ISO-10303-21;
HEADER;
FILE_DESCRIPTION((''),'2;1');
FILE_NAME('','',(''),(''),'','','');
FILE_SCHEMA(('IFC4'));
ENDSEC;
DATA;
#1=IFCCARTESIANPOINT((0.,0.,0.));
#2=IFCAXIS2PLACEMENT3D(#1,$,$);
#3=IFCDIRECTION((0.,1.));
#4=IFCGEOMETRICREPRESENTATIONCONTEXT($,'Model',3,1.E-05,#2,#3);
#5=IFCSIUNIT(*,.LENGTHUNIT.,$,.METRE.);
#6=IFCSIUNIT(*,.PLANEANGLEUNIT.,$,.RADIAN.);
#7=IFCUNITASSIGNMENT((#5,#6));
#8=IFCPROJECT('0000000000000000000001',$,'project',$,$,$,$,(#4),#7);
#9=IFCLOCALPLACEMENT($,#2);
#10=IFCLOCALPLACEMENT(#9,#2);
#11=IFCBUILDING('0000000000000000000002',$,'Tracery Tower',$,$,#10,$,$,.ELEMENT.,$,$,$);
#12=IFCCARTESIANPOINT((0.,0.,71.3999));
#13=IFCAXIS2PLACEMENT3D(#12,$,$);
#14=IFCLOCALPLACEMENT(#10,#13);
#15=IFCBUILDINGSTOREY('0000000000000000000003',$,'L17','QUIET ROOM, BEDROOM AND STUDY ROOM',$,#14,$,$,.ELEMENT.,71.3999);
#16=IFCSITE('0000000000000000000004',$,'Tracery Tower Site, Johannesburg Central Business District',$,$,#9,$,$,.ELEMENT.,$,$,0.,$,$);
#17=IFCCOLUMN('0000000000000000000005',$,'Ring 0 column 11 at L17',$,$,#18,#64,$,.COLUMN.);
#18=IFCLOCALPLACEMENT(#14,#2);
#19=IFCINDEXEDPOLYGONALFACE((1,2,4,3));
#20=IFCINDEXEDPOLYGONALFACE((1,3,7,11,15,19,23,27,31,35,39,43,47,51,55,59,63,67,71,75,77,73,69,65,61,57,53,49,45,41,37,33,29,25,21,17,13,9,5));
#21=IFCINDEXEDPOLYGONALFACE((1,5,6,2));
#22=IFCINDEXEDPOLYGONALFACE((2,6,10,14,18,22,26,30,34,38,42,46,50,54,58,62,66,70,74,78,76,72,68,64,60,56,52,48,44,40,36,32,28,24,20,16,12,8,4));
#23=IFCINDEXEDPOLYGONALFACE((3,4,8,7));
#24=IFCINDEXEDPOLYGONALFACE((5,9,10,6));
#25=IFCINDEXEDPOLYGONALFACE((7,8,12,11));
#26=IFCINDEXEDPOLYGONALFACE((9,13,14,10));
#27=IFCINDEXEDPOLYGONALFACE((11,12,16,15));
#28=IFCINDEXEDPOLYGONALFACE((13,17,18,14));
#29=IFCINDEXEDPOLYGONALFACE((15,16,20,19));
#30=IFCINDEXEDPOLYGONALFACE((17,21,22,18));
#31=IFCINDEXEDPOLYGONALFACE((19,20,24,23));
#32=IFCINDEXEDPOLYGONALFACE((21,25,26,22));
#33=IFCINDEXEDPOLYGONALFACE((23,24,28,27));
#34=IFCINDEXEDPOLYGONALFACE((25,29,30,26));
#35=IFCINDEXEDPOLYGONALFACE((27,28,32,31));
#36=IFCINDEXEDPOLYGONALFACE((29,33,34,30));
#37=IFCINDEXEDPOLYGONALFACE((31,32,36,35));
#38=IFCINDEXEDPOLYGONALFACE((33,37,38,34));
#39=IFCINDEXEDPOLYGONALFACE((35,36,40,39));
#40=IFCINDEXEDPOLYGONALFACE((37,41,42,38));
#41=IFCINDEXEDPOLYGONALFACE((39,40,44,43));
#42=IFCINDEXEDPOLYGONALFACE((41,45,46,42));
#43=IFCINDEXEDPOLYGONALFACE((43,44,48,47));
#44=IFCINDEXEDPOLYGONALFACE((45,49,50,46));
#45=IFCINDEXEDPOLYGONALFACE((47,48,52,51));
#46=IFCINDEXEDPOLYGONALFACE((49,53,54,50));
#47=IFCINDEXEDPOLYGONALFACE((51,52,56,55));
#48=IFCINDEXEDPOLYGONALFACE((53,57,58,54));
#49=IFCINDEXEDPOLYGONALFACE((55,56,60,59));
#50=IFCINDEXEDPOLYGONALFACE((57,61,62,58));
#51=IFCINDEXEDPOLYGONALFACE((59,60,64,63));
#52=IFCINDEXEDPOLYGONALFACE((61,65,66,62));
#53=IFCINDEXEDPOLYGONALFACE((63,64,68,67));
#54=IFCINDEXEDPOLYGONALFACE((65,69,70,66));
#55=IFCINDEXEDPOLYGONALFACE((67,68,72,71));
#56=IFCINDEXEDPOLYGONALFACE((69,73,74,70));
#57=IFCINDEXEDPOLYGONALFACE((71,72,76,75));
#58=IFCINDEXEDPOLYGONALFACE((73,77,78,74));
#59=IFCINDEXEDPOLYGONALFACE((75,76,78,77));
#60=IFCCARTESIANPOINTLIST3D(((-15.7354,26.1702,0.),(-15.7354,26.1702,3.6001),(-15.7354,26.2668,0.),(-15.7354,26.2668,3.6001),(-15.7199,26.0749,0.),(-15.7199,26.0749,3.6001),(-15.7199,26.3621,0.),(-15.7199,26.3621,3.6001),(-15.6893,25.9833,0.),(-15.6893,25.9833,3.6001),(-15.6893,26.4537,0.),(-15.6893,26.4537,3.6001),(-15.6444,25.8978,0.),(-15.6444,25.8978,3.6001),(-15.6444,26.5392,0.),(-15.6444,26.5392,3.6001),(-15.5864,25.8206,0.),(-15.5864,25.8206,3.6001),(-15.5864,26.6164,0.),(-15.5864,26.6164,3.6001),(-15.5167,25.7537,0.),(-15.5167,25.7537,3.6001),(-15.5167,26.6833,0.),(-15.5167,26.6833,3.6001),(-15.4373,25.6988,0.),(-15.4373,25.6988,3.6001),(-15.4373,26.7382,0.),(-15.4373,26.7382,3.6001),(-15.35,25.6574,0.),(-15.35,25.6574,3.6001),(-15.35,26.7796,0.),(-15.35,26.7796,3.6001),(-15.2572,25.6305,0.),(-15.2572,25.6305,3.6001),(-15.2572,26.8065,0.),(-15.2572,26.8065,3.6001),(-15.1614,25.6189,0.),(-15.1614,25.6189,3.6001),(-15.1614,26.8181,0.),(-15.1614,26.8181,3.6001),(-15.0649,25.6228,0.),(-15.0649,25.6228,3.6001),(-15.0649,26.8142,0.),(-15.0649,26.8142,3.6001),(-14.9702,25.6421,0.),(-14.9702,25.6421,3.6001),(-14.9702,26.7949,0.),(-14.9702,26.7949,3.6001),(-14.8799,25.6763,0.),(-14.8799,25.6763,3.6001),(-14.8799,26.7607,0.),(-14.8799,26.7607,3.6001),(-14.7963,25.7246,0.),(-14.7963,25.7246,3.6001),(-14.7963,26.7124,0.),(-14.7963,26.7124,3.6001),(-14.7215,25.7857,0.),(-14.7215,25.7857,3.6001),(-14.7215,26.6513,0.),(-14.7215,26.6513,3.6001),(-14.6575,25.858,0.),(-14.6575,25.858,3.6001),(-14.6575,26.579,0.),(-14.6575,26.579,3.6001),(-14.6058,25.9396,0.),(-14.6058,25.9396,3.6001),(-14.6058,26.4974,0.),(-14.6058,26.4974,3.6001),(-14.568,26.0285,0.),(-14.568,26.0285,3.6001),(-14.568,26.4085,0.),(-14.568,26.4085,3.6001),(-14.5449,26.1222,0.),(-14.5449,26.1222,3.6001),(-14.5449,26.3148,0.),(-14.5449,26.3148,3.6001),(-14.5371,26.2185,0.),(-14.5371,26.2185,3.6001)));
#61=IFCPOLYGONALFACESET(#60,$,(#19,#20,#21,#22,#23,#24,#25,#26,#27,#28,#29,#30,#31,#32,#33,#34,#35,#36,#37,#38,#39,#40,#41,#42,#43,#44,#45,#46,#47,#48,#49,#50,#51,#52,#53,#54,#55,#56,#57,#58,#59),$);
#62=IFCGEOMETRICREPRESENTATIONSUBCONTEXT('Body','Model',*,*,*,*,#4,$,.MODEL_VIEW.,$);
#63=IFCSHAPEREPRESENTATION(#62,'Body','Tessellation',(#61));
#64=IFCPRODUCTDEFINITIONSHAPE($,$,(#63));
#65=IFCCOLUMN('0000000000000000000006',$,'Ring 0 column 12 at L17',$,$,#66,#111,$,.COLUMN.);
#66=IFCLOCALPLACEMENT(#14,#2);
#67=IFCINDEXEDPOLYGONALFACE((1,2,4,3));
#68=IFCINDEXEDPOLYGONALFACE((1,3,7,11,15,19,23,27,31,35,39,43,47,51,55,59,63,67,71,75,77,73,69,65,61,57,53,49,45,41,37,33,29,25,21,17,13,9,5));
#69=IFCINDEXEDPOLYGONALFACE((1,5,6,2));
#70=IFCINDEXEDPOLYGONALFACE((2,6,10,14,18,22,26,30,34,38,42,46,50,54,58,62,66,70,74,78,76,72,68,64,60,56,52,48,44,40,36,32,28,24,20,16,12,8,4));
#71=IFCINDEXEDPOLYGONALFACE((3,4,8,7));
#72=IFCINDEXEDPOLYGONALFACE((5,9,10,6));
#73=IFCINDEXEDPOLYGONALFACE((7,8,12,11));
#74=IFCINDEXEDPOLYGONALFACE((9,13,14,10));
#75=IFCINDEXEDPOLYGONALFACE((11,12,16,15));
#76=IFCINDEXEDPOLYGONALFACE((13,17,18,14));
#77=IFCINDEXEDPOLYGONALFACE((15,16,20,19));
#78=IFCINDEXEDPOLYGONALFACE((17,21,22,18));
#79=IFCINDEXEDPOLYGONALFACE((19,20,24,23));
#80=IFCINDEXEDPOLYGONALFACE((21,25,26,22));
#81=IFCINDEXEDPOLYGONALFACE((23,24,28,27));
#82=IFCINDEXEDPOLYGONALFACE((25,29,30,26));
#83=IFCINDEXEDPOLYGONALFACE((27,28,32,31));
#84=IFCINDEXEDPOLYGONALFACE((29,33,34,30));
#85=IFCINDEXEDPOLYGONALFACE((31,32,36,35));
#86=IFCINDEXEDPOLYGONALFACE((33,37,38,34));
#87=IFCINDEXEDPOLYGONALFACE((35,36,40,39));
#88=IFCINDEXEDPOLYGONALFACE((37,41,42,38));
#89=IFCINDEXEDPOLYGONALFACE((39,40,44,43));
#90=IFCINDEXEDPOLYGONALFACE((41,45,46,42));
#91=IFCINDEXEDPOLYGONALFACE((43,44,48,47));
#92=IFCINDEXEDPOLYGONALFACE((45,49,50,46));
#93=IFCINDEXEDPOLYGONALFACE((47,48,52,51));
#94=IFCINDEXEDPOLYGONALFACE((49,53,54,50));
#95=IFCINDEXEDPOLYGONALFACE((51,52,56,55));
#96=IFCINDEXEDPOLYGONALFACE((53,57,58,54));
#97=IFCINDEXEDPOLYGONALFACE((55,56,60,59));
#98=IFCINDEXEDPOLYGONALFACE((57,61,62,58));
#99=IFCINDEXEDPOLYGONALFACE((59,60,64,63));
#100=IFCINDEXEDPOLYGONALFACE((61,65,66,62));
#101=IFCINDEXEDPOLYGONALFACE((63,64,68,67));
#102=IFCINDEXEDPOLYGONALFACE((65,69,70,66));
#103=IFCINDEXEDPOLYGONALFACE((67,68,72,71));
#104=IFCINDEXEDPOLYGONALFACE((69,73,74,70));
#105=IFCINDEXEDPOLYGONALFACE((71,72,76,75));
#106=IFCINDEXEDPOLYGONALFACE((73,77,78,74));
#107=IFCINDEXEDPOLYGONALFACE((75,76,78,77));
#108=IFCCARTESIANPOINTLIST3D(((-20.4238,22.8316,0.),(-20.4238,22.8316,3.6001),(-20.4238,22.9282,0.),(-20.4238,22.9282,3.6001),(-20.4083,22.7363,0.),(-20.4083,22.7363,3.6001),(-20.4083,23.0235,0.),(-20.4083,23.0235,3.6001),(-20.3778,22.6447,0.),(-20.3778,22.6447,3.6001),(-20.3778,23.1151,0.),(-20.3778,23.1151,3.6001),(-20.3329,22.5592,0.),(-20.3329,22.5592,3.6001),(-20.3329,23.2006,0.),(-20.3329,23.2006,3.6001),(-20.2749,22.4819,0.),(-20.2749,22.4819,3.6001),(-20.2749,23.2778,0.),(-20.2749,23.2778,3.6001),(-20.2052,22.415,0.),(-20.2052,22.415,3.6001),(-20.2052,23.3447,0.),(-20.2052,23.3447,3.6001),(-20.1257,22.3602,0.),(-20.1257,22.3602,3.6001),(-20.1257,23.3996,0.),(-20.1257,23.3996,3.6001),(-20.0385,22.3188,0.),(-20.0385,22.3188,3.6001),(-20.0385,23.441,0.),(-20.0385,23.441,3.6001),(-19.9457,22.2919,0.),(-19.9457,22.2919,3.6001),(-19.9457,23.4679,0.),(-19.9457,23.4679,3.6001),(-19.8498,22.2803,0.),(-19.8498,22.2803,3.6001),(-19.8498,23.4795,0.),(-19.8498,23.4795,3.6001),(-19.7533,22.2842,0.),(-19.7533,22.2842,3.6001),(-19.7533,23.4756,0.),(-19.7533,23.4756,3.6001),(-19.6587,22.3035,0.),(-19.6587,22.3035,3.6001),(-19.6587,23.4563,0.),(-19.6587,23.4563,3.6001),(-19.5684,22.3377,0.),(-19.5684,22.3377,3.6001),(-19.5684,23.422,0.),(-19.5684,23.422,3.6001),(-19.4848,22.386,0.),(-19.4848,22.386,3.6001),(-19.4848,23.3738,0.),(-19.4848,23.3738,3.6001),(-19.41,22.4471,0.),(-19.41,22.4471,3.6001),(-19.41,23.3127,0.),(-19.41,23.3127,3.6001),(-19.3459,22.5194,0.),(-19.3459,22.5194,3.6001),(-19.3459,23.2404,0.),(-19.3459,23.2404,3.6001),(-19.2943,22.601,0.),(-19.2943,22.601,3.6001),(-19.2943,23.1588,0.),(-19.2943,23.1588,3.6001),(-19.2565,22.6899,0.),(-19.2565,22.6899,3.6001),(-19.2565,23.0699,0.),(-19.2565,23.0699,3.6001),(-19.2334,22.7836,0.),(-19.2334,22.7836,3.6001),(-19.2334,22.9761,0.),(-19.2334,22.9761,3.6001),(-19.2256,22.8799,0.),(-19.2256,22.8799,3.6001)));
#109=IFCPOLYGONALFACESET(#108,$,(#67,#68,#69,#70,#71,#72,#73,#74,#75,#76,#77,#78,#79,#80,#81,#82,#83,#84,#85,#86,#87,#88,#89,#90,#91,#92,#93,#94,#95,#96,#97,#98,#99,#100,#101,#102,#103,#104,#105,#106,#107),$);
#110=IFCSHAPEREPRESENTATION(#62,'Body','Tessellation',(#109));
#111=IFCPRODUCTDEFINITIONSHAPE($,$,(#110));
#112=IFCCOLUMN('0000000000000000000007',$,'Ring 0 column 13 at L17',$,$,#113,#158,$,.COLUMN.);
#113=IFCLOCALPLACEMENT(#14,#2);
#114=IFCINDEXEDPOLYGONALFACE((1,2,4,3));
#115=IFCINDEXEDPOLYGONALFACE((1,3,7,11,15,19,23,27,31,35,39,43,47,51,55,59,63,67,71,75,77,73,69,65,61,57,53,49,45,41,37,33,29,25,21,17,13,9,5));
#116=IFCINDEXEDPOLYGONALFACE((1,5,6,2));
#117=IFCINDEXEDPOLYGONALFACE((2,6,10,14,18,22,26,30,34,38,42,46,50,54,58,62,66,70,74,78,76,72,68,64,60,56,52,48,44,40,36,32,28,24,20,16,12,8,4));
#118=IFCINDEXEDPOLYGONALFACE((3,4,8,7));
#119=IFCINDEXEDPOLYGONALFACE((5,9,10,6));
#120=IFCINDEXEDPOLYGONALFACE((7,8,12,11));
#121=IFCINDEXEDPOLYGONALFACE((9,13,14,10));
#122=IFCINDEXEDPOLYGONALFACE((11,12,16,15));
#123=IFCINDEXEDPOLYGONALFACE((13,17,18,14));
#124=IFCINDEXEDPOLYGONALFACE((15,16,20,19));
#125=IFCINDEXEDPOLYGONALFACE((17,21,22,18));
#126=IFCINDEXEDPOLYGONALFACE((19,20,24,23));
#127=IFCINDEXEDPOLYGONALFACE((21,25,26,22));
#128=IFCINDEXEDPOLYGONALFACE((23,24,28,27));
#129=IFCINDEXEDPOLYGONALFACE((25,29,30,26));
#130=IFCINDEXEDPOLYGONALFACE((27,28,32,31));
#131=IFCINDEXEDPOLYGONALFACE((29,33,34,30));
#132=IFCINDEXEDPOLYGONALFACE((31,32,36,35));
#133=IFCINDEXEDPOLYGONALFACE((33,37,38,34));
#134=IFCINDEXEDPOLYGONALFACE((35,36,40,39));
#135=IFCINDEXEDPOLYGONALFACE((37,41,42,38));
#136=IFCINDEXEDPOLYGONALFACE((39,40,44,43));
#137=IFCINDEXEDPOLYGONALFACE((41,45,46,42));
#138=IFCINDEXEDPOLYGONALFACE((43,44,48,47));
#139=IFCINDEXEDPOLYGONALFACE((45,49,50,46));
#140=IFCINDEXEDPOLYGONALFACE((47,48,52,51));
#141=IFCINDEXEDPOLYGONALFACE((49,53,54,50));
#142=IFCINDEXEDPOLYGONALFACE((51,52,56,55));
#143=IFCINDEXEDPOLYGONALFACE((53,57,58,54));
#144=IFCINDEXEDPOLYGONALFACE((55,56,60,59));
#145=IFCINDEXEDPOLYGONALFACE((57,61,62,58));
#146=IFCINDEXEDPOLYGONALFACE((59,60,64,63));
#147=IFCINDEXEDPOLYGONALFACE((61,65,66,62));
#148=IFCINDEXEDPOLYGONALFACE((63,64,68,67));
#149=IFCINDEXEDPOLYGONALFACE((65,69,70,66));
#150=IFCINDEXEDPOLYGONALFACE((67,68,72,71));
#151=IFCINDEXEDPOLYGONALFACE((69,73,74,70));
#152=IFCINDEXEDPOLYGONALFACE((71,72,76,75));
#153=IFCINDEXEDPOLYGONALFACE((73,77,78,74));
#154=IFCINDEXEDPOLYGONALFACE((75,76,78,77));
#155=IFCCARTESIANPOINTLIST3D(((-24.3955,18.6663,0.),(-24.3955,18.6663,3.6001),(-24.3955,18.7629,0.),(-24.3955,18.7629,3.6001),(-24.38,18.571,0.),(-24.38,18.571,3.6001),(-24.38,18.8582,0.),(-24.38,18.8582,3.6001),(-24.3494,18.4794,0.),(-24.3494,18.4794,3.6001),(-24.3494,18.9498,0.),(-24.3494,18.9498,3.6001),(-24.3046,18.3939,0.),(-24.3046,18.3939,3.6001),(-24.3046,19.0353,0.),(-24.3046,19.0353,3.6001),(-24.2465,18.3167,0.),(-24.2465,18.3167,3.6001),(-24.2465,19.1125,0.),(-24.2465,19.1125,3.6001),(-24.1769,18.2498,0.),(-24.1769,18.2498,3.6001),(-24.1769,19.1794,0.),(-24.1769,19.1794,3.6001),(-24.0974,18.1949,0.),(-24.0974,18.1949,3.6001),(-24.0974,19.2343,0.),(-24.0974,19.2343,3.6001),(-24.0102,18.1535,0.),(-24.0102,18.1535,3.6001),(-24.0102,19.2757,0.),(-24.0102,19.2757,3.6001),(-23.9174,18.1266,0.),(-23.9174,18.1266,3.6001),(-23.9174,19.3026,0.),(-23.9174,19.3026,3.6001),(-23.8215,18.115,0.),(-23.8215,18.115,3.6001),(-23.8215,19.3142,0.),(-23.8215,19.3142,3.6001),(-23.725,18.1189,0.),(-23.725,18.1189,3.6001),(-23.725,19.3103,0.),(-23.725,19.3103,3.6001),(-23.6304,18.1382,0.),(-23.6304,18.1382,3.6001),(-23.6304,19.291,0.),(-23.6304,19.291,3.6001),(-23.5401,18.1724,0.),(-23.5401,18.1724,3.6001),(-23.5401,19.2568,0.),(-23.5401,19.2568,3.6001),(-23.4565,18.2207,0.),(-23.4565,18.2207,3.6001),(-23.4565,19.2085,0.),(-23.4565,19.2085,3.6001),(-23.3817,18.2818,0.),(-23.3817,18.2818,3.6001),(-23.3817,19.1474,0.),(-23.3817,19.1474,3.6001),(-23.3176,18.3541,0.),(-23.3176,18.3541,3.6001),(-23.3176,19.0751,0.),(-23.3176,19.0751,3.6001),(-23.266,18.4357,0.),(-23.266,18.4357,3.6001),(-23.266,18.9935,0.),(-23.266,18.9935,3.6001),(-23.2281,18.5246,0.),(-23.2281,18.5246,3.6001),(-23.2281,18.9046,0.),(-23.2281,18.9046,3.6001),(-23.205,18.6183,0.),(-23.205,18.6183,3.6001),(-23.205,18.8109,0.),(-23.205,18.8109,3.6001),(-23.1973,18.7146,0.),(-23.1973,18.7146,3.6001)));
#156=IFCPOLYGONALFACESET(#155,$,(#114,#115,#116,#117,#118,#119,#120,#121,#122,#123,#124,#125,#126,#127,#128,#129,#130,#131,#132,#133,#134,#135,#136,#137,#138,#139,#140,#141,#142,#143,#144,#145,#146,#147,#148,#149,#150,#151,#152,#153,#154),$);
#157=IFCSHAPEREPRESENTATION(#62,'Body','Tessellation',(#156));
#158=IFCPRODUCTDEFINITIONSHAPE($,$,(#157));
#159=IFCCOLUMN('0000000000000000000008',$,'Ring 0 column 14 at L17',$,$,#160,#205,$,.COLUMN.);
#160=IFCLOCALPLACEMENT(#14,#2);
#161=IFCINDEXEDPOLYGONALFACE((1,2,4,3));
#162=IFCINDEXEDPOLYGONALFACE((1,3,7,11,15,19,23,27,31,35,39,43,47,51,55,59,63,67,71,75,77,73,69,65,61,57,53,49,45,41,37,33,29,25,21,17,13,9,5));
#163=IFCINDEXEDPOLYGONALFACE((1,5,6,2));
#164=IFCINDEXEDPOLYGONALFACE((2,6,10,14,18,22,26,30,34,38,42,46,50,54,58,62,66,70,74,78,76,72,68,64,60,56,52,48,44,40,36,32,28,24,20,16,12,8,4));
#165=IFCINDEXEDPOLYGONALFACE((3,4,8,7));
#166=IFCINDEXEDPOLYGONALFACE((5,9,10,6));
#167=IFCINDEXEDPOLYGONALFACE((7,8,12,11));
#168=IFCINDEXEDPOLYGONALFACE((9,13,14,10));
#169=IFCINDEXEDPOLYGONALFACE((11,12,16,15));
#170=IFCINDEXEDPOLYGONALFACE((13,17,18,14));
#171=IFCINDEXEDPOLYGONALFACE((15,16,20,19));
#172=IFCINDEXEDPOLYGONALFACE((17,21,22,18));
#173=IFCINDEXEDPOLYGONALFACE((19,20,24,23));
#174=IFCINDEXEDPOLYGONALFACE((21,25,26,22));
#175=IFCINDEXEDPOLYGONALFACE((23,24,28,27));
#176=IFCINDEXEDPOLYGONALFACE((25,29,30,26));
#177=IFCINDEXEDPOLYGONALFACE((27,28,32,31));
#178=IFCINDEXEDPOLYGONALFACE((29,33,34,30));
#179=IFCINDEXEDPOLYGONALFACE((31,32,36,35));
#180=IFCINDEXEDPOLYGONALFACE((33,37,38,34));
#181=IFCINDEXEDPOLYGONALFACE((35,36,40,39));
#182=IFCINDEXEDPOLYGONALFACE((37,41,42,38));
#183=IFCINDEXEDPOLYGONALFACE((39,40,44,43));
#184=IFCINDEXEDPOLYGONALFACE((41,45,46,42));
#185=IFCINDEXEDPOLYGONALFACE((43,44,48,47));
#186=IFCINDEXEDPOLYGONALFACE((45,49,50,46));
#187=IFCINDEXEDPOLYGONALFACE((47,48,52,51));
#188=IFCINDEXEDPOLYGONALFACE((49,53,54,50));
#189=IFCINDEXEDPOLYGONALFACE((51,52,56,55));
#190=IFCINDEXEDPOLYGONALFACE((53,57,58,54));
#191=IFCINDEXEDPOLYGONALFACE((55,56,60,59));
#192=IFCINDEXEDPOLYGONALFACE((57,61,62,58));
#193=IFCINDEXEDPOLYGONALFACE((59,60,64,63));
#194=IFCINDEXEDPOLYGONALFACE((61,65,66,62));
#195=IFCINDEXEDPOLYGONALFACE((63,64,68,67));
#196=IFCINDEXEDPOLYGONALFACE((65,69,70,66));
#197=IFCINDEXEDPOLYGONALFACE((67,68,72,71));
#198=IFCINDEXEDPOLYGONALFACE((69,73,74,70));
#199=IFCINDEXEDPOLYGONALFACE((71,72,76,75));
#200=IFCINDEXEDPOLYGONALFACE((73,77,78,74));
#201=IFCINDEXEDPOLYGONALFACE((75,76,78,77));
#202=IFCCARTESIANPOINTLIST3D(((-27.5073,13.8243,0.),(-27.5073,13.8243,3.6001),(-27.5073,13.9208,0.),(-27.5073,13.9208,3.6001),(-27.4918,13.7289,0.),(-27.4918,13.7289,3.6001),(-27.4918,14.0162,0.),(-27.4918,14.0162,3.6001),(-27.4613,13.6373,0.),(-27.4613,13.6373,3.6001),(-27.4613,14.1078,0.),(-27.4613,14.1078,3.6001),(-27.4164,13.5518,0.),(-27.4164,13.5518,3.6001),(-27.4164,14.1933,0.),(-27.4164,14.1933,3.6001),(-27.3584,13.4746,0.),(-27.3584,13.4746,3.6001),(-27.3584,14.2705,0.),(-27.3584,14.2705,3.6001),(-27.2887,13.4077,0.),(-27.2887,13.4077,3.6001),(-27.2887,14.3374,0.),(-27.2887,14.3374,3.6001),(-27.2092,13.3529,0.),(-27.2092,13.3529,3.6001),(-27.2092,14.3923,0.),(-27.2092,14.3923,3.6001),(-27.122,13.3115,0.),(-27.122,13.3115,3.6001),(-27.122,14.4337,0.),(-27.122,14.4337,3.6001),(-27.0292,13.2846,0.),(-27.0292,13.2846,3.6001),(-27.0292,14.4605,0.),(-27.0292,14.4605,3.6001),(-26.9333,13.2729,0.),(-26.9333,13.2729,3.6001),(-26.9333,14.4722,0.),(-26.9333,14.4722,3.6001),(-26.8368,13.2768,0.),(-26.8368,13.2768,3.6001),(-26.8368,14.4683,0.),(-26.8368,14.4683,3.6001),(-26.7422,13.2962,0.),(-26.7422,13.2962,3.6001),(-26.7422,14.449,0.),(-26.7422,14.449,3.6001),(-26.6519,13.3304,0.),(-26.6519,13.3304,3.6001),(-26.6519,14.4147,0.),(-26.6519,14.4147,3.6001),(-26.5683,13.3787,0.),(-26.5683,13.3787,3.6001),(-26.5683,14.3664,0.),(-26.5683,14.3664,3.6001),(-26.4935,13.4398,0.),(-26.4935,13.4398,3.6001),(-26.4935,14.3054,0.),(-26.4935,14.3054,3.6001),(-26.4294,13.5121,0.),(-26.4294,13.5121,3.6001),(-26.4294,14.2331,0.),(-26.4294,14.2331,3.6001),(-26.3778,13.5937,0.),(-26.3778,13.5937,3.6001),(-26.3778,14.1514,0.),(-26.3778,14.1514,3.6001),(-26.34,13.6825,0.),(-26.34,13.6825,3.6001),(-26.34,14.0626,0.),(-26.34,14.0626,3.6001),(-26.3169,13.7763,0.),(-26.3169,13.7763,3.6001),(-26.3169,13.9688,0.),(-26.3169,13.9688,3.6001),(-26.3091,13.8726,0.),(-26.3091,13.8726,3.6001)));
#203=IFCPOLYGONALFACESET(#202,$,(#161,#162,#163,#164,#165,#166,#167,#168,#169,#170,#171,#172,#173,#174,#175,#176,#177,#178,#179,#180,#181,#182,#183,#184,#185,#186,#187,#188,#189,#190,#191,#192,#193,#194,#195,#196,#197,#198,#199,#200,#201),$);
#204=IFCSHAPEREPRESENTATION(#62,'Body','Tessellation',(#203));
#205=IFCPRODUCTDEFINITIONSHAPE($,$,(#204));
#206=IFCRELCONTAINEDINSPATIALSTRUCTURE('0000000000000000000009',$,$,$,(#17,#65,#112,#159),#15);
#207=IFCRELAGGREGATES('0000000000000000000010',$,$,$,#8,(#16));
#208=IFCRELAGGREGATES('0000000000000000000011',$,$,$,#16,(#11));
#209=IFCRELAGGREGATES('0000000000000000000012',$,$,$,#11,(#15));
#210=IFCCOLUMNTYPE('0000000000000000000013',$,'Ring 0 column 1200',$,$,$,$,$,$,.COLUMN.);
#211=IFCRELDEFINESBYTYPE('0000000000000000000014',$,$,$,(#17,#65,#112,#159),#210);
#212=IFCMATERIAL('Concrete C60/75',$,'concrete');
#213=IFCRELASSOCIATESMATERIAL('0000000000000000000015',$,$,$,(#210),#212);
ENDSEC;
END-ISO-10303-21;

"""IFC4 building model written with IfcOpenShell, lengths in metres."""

from ifc_helpers import new_model, si_unit, direction, frame, origin, origin_2d, place, context, subcontext, project, spatial, circle, extrude, material, material_profile, profile_set, type_object, element, save


model = new_model("IFC4")

# Units and contexts
model_context = context("Model", 3, precision=1e-05, world=origin(), true_north=direction((0.0, 1.0)))
body_context = subcontext(model_context, "Body", "Model", "MODEL_VIEW")
ifc_project = project(units=[si_unit("LENGTHUNIT", "METRE"), si_unit("PLANEANGLEUNIT", "RADIAN")], contexts=[model_context])

# Site, building, storey
site_placement = place(None, origin())
site = spatial("IfcSite", under=ifc_project, at=site_placement, Name="Tracery Tower Site, Johannesburg Central Business District", CompositionType="ELEMENT", RefElevation=0.0)
building_placement = place(site_placement, origin())
building = spatial("IfcBuilding", under=site, at=building_placement, Name="Tracery Tower", CompositionType="ELEMENT")
storey_placement = place(building_placement, frame((0.0, 0.0, 71.3999)))
storey = spatial("IfcBuildingStorey", under=building, at=storey_placement, Name="L17", Description="QUIET ROOM, BEDROOM AND STUDY ROOM", CompositionType="ELEMENT", Elevation=71.3999)

# Columns
ifc_material_1 = material(Name="Concrete C60/75", Category="concrete")
ifc_material_profile_1 = material_profile(ifc_material_1, circle(Radius=0.6001, at=origin_2d()), Name="RC D1200")
ifc_profile_set_1 = profile_set([ifc_material_profile_1], Name="Concrete C60/75")
column_type_1 = type_object("IfcColumnType", Name="Ring 0 column 1200", PredefinedType="COLUMN", material=ifc_profile_set_1)
for number, where, z_axis, x_axis, name in (
    (1, (-15.1372, 26.2185, 0.0), (0.0, 0.0, 1.0), (1.0, 0.0, 0.0), "Ring 0 column 11 at L17"),
    (2, (-19.8257, 22.8799, 0.0), (0.0, 0.0, 1.0), (1.0, 0.0, 0.0), "Ring 0 column 12 at L17"),
    (3, (-23.7974, 18.7146, 0.0), (0.0, 0.0, 1.0), (1.0, 0.0, 0.0), "Ring 0 column 13 at L17"),
    (4, (-26.9092, 13.8726, 0.0), (0.0, 0.0, 1.0), (1.0, 0.0, 0.0), "Ring 0 column 14 at L17"),
):
    element("IfcColumn", number, at=place(storey_placement, frame(where, z_axis=z_axis, x_axis=x_axis)), inside=storey, type_object=column_type_1, Name=name, PredefinedType="COLUMN", context=body_context, shape_type="SweptSolid", body=[
        extrude(circle(Radius=0.6001, at=origin_2d()), origin(), (0.0, 0.0, 1.0), 3.6001),
    ])

save(model, "model.ifc")
